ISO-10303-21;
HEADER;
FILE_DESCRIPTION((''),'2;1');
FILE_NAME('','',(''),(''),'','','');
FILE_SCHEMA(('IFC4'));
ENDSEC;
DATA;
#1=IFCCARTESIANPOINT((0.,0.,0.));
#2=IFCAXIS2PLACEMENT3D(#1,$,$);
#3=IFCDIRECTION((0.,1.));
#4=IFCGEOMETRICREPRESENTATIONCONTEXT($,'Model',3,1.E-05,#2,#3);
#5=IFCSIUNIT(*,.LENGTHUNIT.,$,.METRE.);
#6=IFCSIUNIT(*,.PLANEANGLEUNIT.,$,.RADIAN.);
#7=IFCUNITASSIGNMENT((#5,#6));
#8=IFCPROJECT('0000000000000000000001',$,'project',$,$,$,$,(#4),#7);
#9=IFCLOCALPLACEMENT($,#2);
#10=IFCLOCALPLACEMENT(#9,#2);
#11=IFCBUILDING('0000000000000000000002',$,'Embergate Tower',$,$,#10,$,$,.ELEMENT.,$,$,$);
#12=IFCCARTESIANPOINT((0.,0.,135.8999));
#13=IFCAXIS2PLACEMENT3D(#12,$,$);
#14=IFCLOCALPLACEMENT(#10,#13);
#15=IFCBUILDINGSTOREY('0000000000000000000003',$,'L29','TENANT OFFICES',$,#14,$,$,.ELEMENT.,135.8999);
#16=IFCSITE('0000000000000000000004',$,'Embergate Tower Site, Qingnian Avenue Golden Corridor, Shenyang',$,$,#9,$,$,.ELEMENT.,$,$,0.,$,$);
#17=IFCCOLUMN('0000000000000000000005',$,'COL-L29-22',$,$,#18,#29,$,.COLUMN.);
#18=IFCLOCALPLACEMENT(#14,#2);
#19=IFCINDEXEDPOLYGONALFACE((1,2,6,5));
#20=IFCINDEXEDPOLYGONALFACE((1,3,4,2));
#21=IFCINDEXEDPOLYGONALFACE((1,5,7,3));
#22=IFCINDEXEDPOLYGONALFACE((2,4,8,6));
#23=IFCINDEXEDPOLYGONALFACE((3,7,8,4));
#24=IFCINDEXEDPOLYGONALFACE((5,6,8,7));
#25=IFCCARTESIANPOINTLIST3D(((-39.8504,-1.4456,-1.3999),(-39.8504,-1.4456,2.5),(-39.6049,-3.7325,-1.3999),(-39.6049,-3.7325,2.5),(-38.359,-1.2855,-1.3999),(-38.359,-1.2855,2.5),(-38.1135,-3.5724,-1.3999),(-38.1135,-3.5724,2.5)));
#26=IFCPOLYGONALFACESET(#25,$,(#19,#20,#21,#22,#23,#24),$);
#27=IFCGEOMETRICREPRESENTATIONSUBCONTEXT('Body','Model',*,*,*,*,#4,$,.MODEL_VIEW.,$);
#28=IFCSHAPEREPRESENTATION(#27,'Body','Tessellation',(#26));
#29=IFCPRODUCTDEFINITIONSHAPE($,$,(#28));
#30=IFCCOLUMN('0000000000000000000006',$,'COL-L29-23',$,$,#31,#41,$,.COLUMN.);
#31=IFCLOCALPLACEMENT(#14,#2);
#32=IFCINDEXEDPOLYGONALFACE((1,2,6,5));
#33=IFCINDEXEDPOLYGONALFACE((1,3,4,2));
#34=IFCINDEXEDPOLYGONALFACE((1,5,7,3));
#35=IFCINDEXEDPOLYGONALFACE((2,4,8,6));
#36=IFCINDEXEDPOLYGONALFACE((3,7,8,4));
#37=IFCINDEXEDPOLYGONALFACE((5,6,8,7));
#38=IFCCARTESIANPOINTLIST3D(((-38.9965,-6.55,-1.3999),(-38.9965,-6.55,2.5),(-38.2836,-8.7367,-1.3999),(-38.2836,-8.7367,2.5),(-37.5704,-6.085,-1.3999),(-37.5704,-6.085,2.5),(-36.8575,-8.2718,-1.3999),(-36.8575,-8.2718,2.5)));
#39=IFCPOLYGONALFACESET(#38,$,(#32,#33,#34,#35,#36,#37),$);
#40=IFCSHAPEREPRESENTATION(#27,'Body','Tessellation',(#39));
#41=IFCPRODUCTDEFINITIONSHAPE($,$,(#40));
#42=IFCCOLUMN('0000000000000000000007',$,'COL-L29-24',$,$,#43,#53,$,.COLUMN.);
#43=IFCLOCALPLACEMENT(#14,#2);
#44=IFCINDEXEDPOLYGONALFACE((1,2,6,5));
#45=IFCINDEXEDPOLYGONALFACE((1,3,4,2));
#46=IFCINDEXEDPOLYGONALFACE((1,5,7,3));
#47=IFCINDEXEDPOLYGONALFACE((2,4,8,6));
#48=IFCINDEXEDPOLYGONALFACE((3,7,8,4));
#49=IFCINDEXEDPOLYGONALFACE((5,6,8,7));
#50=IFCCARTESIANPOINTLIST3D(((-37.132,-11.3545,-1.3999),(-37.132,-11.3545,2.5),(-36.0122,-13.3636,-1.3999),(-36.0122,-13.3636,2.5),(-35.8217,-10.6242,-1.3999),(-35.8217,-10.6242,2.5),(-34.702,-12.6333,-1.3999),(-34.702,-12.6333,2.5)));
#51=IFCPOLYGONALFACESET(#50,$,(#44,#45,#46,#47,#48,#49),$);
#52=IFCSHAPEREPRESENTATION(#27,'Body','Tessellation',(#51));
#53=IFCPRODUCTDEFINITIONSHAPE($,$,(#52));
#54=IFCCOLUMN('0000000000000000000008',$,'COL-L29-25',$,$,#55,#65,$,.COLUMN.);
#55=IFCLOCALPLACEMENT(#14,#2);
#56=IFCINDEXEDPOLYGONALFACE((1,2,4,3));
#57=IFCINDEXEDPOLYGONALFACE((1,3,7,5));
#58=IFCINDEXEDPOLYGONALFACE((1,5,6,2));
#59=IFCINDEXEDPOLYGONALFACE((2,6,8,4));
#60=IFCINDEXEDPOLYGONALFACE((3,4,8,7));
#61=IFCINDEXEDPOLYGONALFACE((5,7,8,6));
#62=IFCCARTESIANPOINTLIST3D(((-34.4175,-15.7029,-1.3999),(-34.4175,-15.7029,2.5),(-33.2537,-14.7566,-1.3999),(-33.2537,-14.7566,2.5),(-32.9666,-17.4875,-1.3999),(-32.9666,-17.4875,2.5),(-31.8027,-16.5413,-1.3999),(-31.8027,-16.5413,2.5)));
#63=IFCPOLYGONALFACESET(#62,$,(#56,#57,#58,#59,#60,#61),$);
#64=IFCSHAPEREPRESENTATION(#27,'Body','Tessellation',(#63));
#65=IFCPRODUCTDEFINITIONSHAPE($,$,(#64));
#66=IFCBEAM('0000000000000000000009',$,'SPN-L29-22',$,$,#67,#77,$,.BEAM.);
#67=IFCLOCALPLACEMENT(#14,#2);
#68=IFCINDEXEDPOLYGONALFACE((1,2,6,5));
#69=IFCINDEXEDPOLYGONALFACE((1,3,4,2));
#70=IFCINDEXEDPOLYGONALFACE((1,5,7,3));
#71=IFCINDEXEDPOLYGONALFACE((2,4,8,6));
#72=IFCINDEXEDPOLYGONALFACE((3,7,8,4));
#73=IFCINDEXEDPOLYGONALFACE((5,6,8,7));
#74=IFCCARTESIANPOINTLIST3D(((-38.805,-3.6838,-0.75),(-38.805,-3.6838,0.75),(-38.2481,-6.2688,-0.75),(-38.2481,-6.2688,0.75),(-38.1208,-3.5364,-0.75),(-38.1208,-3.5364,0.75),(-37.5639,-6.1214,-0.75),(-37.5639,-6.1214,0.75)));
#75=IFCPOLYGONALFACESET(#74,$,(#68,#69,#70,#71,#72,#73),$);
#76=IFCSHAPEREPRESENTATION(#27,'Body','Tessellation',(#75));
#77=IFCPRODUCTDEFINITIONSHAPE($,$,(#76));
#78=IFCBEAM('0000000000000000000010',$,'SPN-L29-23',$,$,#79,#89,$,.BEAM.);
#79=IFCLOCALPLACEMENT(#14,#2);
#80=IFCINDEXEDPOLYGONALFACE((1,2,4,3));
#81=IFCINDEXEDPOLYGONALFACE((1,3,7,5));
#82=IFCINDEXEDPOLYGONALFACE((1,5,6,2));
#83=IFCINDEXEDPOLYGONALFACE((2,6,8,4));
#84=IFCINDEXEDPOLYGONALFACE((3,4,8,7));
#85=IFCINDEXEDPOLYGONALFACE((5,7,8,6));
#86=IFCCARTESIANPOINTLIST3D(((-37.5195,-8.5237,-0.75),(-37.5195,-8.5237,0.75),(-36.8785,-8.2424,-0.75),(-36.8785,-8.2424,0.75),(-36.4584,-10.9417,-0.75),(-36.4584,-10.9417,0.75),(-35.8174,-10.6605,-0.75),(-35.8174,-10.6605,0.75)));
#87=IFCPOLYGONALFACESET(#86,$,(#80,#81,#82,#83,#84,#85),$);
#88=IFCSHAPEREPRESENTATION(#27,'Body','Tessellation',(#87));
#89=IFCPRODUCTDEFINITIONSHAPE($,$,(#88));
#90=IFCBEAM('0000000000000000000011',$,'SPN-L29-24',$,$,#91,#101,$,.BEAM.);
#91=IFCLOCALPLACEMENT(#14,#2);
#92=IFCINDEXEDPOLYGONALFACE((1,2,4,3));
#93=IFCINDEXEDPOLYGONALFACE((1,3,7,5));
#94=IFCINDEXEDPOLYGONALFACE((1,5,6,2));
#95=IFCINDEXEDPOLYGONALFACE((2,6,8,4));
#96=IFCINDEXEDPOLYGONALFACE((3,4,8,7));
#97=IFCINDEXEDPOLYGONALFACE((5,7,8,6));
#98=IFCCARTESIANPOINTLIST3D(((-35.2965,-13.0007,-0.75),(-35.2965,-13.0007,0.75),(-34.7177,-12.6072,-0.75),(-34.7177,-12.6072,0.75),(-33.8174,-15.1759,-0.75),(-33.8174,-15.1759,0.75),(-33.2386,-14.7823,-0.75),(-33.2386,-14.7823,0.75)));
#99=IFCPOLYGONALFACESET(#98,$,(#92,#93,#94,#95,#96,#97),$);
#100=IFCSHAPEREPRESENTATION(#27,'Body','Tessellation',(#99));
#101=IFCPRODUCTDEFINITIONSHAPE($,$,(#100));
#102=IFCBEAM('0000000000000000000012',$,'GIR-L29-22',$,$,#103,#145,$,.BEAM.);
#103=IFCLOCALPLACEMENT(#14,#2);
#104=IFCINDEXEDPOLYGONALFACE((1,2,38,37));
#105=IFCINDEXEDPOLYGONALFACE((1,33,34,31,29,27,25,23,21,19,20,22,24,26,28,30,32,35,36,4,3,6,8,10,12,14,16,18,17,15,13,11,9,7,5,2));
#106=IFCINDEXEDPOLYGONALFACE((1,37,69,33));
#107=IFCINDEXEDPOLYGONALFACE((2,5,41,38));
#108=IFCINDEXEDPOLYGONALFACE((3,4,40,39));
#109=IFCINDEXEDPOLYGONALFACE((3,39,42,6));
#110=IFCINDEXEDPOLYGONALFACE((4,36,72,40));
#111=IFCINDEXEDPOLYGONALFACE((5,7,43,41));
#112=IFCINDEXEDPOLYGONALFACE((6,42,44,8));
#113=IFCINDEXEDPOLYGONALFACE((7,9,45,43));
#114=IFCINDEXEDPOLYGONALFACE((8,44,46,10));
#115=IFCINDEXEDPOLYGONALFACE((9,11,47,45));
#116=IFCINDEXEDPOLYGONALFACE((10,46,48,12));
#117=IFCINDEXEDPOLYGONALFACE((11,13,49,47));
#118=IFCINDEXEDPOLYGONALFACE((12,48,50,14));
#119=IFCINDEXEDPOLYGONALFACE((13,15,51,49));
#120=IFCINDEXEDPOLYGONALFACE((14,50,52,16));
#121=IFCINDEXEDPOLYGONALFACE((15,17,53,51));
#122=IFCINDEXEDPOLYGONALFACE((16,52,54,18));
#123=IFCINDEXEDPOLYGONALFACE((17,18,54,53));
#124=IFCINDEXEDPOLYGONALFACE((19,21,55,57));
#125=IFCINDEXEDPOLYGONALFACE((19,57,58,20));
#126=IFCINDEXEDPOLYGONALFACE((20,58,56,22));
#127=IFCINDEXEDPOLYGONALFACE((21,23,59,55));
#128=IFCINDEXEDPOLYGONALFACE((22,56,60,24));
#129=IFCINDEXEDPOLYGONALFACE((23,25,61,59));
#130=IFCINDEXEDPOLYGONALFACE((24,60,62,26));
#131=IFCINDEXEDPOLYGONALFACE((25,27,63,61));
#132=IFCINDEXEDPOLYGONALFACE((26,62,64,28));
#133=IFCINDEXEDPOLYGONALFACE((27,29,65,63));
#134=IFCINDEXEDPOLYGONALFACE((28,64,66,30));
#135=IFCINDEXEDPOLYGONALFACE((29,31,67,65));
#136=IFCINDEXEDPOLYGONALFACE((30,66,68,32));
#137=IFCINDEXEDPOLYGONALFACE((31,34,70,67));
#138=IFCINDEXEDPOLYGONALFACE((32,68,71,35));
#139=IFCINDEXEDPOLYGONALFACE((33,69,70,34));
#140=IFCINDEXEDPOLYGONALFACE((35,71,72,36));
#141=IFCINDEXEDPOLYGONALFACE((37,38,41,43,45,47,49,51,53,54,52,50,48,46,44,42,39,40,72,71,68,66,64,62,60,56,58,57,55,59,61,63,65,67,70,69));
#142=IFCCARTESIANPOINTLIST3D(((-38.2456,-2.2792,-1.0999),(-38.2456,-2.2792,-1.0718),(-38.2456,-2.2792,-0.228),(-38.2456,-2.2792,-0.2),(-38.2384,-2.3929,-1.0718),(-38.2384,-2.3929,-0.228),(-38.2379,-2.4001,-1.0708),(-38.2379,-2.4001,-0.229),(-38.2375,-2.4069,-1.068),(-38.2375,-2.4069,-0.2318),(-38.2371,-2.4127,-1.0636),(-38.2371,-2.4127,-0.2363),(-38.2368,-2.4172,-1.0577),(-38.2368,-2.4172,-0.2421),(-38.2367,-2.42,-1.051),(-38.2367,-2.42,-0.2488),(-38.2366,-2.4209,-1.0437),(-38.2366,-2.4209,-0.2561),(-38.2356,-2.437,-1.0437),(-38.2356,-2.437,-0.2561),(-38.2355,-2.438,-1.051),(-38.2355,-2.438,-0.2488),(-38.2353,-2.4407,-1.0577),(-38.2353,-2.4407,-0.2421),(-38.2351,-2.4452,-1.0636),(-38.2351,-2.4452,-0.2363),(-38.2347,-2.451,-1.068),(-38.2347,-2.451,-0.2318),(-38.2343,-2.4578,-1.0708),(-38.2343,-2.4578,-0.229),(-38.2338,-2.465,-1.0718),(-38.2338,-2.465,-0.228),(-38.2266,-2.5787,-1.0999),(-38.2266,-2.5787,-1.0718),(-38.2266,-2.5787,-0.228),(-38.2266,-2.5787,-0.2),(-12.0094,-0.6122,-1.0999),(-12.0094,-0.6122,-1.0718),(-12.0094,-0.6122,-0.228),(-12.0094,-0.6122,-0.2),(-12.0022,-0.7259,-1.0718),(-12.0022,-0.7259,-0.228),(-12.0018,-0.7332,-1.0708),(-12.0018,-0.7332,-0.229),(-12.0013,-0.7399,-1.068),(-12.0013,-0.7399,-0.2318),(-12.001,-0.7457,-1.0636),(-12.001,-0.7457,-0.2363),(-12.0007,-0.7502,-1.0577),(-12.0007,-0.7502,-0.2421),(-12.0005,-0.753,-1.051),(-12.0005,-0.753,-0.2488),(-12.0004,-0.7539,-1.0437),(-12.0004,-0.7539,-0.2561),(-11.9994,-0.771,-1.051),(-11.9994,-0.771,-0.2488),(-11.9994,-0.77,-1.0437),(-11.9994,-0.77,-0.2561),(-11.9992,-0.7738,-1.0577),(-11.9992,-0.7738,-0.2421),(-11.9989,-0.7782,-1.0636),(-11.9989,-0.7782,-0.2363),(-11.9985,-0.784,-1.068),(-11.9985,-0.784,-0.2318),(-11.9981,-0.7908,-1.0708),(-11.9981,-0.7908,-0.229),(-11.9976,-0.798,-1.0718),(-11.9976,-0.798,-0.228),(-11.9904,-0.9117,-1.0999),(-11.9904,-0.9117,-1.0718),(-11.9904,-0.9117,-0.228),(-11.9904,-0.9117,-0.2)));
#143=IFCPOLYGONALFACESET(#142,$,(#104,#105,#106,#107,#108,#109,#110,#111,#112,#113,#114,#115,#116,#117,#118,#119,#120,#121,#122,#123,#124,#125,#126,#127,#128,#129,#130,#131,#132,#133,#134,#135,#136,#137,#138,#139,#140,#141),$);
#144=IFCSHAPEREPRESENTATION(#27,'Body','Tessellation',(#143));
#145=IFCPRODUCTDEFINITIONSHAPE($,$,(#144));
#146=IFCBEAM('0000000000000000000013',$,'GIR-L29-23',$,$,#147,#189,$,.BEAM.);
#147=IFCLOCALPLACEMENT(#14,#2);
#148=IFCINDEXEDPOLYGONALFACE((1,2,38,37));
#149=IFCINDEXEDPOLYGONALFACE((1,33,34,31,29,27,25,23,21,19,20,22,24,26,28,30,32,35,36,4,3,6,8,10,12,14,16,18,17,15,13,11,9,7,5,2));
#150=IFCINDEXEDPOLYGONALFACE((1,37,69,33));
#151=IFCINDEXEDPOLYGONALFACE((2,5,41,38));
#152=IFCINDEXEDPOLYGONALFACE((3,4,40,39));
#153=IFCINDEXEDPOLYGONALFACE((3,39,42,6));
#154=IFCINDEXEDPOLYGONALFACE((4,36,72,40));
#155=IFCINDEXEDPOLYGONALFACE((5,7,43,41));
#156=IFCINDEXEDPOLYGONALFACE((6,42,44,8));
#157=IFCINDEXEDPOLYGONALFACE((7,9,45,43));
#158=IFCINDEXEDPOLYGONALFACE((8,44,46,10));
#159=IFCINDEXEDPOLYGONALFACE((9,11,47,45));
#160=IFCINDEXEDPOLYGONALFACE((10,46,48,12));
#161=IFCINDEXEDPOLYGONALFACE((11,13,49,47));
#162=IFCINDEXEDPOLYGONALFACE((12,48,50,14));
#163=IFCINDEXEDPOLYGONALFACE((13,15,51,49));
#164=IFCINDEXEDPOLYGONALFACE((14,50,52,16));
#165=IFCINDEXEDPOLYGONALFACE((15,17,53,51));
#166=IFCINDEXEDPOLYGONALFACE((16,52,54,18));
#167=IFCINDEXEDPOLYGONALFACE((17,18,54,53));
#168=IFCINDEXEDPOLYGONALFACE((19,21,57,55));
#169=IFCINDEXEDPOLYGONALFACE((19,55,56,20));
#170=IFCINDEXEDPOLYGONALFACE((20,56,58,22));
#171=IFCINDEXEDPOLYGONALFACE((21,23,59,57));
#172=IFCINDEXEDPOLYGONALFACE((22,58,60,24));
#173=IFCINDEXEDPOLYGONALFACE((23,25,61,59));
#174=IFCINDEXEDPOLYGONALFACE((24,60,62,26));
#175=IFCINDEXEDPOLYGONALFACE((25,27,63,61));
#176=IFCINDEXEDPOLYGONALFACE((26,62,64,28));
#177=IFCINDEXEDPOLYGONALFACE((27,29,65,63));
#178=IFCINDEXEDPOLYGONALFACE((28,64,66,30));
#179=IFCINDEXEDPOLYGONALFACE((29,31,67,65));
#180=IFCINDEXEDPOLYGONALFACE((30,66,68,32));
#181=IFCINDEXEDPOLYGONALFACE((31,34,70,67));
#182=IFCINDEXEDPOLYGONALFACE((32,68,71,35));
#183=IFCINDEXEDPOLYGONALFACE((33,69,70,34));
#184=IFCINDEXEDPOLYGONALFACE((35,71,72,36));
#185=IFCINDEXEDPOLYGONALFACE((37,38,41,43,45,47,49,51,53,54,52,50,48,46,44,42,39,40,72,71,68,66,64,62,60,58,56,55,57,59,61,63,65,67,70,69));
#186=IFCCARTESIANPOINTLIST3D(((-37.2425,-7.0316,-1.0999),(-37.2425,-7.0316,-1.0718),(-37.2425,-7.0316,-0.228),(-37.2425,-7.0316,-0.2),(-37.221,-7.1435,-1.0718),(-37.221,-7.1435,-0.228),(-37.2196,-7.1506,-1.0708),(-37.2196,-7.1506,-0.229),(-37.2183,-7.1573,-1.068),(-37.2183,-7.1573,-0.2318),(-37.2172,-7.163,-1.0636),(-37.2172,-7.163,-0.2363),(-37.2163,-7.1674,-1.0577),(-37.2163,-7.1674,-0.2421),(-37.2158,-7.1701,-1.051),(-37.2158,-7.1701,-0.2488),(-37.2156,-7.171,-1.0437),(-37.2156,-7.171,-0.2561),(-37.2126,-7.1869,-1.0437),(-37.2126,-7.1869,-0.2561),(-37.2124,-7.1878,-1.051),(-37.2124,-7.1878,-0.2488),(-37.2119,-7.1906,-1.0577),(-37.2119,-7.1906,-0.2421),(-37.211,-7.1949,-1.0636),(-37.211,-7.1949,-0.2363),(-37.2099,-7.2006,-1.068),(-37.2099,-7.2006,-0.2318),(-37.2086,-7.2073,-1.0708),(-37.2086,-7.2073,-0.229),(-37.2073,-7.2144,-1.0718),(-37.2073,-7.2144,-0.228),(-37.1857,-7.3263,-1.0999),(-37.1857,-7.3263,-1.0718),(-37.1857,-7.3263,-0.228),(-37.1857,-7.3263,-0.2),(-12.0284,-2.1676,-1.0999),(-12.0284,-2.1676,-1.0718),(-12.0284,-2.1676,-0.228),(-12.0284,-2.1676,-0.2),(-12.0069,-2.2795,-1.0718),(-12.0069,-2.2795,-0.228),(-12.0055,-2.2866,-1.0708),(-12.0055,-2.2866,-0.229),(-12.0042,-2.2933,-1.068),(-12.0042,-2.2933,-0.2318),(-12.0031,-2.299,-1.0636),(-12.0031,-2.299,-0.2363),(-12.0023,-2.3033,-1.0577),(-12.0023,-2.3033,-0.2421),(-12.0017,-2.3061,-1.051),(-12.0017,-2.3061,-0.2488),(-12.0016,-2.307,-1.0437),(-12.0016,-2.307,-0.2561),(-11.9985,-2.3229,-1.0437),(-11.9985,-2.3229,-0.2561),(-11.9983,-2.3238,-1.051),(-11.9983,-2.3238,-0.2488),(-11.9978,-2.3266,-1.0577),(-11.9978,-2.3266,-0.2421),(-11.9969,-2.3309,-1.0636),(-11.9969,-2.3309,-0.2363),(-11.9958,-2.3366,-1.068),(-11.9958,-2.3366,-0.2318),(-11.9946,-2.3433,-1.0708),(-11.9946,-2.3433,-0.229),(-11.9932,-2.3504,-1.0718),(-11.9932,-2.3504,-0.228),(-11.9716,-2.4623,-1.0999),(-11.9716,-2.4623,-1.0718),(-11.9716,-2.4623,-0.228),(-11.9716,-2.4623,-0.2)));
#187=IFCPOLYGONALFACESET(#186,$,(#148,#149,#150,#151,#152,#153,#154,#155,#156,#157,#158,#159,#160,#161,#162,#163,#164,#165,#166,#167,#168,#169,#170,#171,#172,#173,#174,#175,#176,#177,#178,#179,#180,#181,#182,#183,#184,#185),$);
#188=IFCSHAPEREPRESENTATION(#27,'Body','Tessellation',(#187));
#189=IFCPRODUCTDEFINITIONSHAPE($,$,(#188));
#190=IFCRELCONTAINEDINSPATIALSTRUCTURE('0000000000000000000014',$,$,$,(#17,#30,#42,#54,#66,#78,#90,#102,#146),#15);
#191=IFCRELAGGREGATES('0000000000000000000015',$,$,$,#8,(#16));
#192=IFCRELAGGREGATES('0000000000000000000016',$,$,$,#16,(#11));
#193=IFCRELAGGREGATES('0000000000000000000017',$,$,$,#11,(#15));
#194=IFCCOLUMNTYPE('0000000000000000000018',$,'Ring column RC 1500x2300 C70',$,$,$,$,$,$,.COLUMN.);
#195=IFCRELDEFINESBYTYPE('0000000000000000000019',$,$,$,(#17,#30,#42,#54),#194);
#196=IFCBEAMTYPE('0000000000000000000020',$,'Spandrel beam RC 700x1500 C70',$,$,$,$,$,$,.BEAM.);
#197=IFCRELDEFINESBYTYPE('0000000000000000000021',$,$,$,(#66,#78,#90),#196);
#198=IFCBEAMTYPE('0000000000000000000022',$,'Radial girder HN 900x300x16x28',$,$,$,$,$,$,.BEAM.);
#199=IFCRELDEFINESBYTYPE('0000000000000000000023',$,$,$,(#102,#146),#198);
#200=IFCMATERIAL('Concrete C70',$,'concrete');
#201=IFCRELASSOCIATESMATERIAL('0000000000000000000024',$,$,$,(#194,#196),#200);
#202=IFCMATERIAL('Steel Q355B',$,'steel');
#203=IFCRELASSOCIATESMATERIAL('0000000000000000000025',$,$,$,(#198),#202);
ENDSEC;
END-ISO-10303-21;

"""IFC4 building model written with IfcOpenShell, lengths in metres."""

from ifc_helpers import new_model, si_unit, direction, frame, origin, origin_2d, place, context, subcontext, project, spatial, rectangle, i_section, extrude, source, transform, mapped, material, material_profile, profile_set, type_object, element, save


model = new_model("IFC4")

# Units and contexts
model_context = context("Model", 3, precision=1e-05, world=origin(), true_north=direction((0.0, 1.0)))
body_context = subcontext(model_context, "Body", "Model", "MODEL_VIEW")
ifc_project = project(units=[si_unit("LENGTHUNIT", "METRE"), si_unit("PLANEANGLEUNIT", "RADIAN")], contexts=[model_context])

# Site, building, storey
site_placement = place(None, origin())
site = spatial("IfcSite", under=ifc_project, at=site_placement, Name="Embergate Tower Site, Qingnian Avenue Golden Corridor, Shenyang", CompositionType="ELEMENT", RefElevation=0.0)
building_placement = place(site_placement, origin())
building = spatial("IfcBuilding", under=site, at=building_placement, Name="Embergate Tower", CompositionType="ELEMENT")
storey_placement = place(building_placement, frame((0.0, 0.0, 135.8999)))
storey = spatial("IfcBuildingStorey", under=building, at=storey_placement, Name="L29", Description="TENANT OFFICES", CompositionType="ELEMENT", Elevation=135.8999)

# Columns
ifc_material_1 = material(Name="Concrete C70", Category="concrete")
ifc_material_profile_1 = material_profile(ifc_material_1, rectangle(XDim=1.5, YDim=2.3, at=origin_2d()), Name="RC 1500x2300")
ifc_profile_set_1 = profile_set([ifc_material_profile_1], Name="Concrete C70")
column_type = type_object("IfcColumnType", Name="Ring column RC 1500x2300 C70", PredefinedType="COLUMN", material=ifc_profile_set_1)
shared_shape_1 = source(origin(), body_context, "Body", "SweptSolid", [
    extrude(rectangle(XDim=1.5, YDim=2.3, at=origin_2d()), origin(), (0.0, 0.0, 1.0), 3.8999),
])
for number, where, z_axis, x_axis, name in (
    (1, (-38.9819, -2.509, -1.3999), (0.0, 0.0, 1.0), (-0.994286, -0.10675, 0.0), "COL-L29-22"),
    (2, (-37.927, -7.4109, -1.3999), (0.0, 0.0, 1.0), (-0.950754, -0.309946, 0.0), "COL-L29-23"),
    (3, (-35.917, -11.9939, -1.3999), (0.0, 0.0, 1.0), (-0.873492, -0.486839, 0.0), "COL-L29-24"),
    (4, (-33.1101, -16.1221, -1.3999), (0.0, 0.0, 1.0), (-0.775914, -0.630838, 0.0), "COL-L29-25"),
):
    element("IfcColumn", number, at=place(storey_placement, frame(where, z_axis=z_axis, x_axis=x_axis)), inside=storey, type_object=column_type, Name=name, PredefinedType="COLUMN", context=body_context, shape_type="MappedRepresentation", body=[
        mapped(shared_shape_1, transform((0.0, 0.0, 0.0))),
    ])

# Beams
ifc_material_profile_2 = material_profile(ifc_material_1, rectangle(XDim=0.7, YDim=1.5, at=origin_2d()), Name="RC 700x1500")
ifc_profile_set_2 = profile_set([ifc_material_profile_2], Name="Concrete C70")
beam_type_1 = type_object("IfcBeamType", Name="Spandrel beam RC 700x1500 C70", PredefinedType="BEAM", material=ifc_profile_set_2)
shared_shape_2 = source(origin(), body_context, "Body", "SweptSolid", [
    extrude(rectangle(XDim=0.7, YDim=1.5, at=origin_2d()), origin(), (0.0, 0.0, 1.0), 2.6443),
])
beam_1_placement = place(storey_placement, frame((-38.4629, -3.6101, 0.0), z_axis=(0.210601, -0.977572, 0.0), x_axis=(0.977572, 0.210601, 0.0)))
element("IfcBeam", 5, at=beam_1_placement, inside=storey, type_object=beam_type_1, Name="SPN-L29-22", PredefinedType="BEAM", context=body_context, shape_type="MappedRepresentation", body=[
    mapped(shared_shape_2, transform((0.0, 0.0, 0.0))),
])
shared_shape_3 = source(origin(), body_context, "Body", "SweptSolid", [
    extrude(rectangle(XDim=0.7, YDim=1.5, at=origin_2d()), origin(), (0.0, 0.0, 1.0), 2.6406),
])
beam_2_placement = place(storey_placement, frame((-37.199, -8.3831, 0.0), z_axis=(0.401827, -0.915715, 0.0), x_axis=(0.915715, 0.401827, 0.0)))
element("IfcBeam", 6, at=beam_2_placement, inside=storey, type_object=beam_type_1, Name="SPN-L29-23", PredefinedType="BEAM", context=body_context, shape_type="MappedRepresentation", body=[
    mapped(shared_shape_3, transform((0.0, 0.0, 0.0))),
])
shared_shape_4 = source(origin(), body_context, "Body", "SweptSolid", [
    extrude(rectangle(XDim=0.7, YDim=1.5, at=origin_2d()), origin(), (0.0, 0.0, 1.0), 2.6304),
])
beam_3_placement = place(storey_placement, frame((-35.0071, -12.804, 0.0), z_axis=(0.562302, -0.826932, 0.0), x_axis=(0.826932, 0.562302, 0.0)))
element("IfcBeam", 7, at=beam_3_placement, inside=storey, type_object=beam_type_1, Name="SPN-L29-24", PredefinedType="BEAM", context=body_context, shape_type="MappedRepresentation", body=[
    mapped(shared_shape_4, transform((0.0, 0.0, 0.0))),
])
ifc_material_2 = material(Name="Steel Q355B", Category="steel")
ifc_material_profile_3 = material_profile(ifc_material_2, i_section(OverallWidth=0.3, OverallDepth=0.8999, WebThickness=0.0161, FlangeThickness=0.0281, FilletRadius=0.0281, at=origin_2d()), Name="HN 900x300x16x28")
ifc_profile_set_3 = profile_set([ifc_material_profile_3], Name="Steel Q355 grade B")
beam_type_2 = type_object("IfcBeamType", Name="Radial girder HN 900x300x16x28", PredefinedType="BEAM", material=ifc_profile_set_3)
shared_shape_5 = source(origin(), body_context, "Body", "SweptSolid", [
    extrude(i_section(OverallWidth=0.3, OverallDepth=0.8999, WebThickness=0.0161, FlangeThickness=0.0281, FilletRadius=0.0281, at=origin_2d()), origin(), (0.0, 0.0, 1.0), 26.2891),
])
beam_4_placement = place(storey_placement, frame((-38.2361, -2.429, -0.6499), z_axis=(0.997988, 0.06341, 0.0), x_axis=(-0.06341, 0.997988, 0.0)))
element("IfcBeam", 8, at=beam_4_placement, inside=storey, type_object=beam_type_2, Name="GIR-L29-22", PredefinedType="BEAM", context=body_context, shape_type="MappedRepresentation", body=[
    mapped(shared_shape_5, transform((0.0, 0.0, 0.0))),
])
shared_shape_6 = source(origin(), body_context, "Body", "SweptSolid", [
    extrude(i_section(OverallWidth=0.3, OverallDepth=0.8999, WebThickness=0.0161, FlangeThickness=0.0281, FilletRadius=0.0281, at=origin_2d()), origin(), (0.0, 0.0, 1.0), 25.679),
])
beam_5_placement = place(storey_placement, frame((-37.2141, -7.179, -0.6499), z_axis=(0.981897, 0.189416, 0.0), x_axis=(-0.189416, 0.981897, 0.0)))
element("IfcBeam", 9, at=beam_5_placement, inside=storey, type_object=beam_type_2, Name="GIR-L29-23", PredefinedType="BEAM", context=body_context, shape_type="MappedRepresentation", body=[
    mapped(shared_shape_6, transform((0.0, 0.0, 0.0))),
])

save(model, "model.ifc")
